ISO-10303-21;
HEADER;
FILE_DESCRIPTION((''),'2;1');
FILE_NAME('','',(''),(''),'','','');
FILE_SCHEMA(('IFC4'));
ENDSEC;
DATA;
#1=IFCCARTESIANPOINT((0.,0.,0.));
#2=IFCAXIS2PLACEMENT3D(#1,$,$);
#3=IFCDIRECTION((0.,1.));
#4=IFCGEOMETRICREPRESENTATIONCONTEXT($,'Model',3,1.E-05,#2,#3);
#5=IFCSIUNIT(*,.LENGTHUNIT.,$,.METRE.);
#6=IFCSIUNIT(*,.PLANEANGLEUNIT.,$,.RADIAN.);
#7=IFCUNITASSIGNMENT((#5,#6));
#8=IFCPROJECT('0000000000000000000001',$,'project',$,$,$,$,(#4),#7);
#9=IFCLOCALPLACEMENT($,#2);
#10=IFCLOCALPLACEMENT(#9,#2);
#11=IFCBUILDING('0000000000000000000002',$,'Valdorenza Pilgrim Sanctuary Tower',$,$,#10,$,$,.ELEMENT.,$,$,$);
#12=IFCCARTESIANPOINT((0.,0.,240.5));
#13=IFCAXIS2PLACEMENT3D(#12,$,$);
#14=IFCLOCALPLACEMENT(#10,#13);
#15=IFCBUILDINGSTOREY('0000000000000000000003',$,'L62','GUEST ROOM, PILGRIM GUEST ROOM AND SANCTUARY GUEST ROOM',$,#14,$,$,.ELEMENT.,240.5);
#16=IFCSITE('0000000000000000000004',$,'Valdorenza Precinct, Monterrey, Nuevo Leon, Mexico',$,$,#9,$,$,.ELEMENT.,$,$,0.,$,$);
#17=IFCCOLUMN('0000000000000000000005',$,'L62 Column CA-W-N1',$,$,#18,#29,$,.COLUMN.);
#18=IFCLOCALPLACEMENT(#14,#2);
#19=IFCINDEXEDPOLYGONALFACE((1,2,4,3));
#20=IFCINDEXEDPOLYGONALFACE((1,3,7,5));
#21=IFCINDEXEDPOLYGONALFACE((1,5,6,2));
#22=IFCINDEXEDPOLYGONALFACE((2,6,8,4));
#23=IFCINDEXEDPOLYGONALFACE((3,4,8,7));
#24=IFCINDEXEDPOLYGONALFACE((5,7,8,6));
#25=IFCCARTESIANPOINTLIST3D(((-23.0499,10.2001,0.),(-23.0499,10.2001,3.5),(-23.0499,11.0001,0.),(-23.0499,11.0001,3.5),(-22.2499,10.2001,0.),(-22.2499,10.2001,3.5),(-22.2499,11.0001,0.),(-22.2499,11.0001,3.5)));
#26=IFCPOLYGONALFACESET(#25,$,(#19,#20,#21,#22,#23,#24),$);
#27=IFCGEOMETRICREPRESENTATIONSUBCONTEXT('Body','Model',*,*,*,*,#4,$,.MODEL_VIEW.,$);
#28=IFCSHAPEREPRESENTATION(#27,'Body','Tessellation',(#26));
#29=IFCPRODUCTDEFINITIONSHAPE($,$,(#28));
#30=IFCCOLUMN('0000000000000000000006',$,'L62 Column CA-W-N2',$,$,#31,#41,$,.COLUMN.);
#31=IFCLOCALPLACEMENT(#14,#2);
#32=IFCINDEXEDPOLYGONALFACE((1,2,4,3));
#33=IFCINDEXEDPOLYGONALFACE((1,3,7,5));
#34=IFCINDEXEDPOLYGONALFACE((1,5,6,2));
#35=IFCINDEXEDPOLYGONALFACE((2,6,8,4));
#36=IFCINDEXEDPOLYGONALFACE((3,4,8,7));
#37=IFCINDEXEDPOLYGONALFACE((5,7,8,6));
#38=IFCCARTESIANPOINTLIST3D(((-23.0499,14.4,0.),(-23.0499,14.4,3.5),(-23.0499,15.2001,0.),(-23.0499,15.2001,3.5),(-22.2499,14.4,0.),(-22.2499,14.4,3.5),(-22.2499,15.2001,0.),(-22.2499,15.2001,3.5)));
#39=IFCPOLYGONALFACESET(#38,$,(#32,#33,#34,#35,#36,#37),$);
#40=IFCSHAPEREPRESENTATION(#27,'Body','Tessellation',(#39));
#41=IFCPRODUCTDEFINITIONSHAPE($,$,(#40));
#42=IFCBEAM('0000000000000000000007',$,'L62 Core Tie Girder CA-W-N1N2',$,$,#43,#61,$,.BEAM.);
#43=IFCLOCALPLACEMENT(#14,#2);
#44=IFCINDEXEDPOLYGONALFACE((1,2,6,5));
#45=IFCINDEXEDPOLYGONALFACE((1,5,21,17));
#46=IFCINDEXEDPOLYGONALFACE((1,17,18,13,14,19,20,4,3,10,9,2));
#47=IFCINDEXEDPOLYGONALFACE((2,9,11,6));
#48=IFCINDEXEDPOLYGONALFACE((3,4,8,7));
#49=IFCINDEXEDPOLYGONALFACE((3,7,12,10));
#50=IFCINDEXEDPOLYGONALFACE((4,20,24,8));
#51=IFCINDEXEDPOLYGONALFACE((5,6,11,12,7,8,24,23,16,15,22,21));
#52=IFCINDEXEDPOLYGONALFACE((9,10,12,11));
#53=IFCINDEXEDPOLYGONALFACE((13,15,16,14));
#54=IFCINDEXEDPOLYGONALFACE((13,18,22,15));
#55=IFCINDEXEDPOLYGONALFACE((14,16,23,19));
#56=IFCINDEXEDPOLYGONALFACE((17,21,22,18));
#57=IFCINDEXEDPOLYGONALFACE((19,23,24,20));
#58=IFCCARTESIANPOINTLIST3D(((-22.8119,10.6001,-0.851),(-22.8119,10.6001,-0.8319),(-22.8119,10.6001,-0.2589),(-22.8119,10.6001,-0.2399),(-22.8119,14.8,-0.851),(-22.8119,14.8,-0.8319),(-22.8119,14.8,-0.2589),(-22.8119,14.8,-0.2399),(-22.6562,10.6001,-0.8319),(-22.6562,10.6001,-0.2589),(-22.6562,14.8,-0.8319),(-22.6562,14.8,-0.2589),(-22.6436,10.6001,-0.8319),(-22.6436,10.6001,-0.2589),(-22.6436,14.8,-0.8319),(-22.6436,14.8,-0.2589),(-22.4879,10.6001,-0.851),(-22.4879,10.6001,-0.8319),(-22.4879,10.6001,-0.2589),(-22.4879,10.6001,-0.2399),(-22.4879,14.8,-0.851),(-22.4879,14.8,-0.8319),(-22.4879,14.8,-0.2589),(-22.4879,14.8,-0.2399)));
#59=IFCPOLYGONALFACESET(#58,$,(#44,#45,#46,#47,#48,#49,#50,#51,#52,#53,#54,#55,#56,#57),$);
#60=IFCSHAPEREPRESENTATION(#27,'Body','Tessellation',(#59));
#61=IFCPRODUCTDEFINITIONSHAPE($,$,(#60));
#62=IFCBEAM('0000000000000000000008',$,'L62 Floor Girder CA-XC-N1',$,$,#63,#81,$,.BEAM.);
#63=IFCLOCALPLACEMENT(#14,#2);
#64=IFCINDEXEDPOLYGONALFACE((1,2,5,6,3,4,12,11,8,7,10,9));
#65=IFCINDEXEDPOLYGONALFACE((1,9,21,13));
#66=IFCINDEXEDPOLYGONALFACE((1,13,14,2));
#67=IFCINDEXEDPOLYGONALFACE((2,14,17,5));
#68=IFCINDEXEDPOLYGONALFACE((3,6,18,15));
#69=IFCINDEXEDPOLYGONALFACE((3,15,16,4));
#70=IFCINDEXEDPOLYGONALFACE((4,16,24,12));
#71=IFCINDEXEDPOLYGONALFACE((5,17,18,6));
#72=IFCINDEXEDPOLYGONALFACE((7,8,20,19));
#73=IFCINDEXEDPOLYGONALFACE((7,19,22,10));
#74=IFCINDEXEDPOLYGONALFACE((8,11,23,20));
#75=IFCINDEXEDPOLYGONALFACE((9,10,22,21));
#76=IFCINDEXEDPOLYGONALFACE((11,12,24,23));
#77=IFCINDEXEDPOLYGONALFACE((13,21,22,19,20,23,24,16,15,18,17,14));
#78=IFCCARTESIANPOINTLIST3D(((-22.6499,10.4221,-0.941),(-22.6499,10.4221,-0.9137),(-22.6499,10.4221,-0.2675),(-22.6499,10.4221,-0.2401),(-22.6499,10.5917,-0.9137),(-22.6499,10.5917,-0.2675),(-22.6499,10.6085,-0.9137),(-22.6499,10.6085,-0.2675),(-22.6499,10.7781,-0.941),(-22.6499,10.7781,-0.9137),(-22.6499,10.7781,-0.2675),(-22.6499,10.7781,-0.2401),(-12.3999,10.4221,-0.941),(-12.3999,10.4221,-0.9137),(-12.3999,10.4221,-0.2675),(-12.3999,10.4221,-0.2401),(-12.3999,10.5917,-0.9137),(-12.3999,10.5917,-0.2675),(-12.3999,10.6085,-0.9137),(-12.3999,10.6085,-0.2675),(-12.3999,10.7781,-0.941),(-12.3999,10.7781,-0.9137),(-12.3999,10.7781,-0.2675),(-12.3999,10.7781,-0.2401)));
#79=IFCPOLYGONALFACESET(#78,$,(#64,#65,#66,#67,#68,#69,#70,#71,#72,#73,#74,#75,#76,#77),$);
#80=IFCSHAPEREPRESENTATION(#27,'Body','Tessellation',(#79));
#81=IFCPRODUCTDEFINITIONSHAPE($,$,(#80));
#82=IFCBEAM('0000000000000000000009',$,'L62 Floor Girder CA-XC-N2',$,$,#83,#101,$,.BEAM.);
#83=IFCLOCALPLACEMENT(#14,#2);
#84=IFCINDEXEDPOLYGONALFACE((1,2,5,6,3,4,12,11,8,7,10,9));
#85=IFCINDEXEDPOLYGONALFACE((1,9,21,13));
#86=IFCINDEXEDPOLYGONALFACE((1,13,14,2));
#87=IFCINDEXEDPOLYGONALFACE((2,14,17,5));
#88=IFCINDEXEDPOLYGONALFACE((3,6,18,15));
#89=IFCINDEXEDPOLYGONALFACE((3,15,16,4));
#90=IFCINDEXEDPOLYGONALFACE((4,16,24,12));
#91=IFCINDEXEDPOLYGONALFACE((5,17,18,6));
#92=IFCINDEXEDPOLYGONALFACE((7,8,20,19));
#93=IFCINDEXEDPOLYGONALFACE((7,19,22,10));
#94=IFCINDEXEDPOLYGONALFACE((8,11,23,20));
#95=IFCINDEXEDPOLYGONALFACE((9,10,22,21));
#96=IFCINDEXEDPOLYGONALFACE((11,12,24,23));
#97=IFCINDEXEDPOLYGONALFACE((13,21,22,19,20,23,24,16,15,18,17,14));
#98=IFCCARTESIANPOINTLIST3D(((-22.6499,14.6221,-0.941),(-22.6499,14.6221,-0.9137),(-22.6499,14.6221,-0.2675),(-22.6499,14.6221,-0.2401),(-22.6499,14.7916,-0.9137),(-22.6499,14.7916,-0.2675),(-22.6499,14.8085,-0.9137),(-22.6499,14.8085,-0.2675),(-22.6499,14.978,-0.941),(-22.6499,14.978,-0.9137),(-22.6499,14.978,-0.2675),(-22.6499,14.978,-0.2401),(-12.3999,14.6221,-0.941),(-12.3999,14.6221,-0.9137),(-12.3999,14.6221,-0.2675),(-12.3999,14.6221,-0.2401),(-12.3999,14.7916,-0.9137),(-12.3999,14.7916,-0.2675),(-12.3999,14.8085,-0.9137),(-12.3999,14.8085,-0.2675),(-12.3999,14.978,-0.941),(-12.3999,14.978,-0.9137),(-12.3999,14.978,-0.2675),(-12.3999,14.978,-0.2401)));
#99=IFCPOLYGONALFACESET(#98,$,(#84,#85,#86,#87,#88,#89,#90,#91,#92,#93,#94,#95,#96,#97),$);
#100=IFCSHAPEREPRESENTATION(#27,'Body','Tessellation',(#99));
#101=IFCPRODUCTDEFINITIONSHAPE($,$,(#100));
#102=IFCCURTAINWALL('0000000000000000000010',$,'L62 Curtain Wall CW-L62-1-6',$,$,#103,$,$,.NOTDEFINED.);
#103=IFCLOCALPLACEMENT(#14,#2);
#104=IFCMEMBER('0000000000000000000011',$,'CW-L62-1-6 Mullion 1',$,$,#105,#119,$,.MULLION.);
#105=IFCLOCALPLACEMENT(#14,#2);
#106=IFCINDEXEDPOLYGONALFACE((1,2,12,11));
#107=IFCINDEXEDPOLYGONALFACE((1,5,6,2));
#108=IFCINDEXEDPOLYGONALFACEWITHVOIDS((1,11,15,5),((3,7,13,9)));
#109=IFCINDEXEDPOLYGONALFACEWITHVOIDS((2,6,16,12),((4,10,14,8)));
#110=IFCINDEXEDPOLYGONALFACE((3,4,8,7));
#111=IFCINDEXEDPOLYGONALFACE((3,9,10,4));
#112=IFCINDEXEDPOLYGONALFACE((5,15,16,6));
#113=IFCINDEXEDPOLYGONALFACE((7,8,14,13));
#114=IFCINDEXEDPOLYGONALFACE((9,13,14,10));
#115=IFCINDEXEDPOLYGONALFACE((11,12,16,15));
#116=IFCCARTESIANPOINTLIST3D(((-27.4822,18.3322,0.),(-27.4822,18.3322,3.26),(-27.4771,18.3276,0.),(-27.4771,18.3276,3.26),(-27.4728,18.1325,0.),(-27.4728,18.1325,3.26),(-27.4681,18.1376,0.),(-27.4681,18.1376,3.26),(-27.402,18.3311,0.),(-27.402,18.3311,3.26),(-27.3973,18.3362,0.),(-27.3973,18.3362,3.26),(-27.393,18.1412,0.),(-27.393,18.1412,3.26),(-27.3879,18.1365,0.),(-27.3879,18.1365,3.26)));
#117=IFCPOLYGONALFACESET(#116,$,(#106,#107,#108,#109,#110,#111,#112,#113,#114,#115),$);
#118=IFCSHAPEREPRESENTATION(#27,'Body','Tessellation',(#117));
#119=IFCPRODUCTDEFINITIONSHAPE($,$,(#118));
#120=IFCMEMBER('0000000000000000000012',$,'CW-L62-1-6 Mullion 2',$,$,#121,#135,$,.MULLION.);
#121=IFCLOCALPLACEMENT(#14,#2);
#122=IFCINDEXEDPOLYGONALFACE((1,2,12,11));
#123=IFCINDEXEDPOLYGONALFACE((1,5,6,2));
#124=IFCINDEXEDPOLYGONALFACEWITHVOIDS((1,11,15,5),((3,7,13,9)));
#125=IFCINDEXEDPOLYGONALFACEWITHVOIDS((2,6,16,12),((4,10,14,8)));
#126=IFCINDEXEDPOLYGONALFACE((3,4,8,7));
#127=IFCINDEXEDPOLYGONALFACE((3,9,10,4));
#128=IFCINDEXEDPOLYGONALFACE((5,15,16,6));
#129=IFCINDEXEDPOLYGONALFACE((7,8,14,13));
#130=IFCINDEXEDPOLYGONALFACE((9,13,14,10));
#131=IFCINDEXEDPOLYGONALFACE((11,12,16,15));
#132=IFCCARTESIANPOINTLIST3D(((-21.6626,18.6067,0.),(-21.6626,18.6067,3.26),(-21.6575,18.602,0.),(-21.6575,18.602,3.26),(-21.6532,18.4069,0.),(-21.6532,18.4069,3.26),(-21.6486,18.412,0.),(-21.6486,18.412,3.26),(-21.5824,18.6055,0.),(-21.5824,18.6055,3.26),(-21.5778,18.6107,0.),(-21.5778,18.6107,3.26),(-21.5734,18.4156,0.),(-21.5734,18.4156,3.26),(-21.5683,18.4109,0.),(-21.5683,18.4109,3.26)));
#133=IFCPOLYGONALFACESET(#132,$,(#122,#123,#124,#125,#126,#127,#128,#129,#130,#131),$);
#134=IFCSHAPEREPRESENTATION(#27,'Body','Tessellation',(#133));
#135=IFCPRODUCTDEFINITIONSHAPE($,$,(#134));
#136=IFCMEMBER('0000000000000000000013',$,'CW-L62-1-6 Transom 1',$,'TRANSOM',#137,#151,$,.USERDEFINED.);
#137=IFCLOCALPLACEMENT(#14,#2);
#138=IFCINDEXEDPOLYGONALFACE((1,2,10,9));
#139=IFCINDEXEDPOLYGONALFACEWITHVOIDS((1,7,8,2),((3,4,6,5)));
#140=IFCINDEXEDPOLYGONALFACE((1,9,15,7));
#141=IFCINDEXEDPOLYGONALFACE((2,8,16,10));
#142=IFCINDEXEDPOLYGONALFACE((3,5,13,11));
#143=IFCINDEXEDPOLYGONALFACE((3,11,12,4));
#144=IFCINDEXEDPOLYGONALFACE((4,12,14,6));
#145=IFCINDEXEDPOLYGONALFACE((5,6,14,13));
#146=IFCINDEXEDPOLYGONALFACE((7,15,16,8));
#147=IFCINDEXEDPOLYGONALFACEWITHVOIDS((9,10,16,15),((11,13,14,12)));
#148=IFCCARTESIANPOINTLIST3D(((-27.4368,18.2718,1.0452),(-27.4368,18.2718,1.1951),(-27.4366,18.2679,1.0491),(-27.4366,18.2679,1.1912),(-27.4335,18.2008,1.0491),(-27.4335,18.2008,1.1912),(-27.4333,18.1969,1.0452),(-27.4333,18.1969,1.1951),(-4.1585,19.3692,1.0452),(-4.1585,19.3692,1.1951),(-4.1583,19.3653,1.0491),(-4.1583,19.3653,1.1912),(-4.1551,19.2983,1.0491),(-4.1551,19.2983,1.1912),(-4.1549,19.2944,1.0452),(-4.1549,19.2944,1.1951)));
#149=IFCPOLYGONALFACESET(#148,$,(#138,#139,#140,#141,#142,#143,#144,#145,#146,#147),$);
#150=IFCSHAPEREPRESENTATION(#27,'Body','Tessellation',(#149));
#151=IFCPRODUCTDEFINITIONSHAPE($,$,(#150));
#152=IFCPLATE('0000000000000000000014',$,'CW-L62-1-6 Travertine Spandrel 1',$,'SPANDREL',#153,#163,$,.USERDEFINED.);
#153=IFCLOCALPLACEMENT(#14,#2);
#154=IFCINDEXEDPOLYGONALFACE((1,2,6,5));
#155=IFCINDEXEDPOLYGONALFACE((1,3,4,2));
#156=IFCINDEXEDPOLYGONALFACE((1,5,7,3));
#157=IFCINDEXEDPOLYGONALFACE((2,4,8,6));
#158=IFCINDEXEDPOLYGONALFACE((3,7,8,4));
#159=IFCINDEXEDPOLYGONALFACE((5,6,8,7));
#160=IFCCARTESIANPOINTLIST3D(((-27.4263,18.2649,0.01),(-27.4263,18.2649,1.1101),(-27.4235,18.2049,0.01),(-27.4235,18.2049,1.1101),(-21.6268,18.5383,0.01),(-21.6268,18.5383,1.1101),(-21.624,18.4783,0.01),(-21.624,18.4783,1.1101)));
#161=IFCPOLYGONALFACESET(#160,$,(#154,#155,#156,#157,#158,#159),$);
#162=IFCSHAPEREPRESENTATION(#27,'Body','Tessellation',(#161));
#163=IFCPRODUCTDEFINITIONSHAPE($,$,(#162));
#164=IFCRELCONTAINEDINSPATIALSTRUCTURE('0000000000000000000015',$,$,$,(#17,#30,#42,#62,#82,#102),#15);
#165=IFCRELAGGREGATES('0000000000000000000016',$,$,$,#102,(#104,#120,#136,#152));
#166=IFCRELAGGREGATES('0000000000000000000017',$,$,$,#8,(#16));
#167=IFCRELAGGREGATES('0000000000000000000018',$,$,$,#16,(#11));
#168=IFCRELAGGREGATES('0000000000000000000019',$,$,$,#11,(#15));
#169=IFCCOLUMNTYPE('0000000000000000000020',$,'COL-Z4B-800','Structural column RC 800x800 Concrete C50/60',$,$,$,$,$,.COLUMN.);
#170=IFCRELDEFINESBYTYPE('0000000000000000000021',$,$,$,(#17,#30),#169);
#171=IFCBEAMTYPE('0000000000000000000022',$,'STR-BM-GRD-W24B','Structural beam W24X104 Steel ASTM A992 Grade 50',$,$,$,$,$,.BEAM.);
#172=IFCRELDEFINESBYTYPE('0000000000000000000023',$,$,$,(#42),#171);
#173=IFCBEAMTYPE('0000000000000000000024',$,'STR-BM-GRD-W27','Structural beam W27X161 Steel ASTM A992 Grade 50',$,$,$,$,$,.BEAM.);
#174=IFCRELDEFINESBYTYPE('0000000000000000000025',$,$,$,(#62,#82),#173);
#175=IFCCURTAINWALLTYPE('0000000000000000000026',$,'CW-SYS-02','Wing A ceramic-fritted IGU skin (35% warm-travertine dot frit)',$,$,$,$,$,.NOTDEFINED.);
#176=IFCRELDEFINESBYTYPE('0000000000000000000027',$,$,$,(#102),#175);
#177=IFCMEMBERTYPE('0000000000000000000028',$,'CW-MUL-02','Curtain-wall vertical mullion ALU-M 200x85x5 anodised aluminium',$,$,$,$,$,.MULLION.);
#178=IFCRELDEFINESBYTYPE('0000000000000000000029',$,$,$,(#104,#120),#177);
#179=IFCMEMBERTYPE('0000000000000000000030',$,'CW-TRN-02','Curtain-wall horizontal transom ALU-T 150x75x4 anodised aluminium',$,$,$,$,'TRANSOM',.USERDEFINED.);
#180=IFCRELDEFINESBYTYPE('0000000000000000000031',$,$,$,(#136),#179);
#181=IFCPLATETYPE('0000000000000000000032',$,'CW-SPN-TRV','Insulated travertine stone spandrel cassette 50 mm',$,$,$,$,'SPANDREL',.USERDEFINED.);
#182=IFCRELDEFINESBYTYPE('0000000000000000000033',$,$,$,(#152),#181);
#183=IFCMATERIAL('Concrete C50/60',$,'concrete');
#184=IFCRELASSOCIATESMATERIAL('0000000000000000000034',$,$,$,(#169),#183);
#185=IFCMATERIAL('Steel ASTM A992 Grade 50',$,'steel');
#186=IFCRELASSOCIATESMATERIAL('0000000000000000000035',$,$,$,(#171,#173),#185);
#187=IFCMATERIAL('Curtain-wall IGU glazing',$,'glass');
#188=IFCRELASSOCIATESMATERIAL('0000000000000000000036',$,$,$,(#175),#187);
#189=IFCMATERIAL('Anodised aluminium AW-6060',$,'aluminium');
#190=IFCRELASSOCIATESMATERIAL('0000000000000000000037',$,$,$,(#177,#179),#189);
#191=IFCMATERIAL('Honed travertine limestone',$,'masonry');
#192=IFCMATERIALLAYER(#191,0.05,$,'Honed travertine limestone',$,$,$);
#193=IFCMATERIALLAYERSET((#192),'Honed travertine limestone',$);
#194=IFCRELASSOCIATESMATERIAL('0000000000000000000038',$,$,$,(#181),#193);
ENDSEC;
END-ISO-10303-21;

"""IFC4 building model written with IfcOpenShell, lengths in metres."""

from ifc_helpers import new_model, si_unit, direction, frame, origin, origin_2d, place, context, subcontext, project, spatial, rectangle, hollow_rectangle, i_section, extrude, source, transform, mapped, material, layer, layer_set, material_profile, profile_set, type_object, element, aggregate, save


model = new_model("IFC4")

# Units and contexts
model_context = context("Model", 3, precision=1e-05, world=origin(), true_north=direction((0.0, 1.0)))
body_context = subcontext(model_context, "Body", "Model", "MODEL_VIEW")
ifc_project = project(units=[si_unit("LENGTHUNIT", "METRE"), si_unit("PLANEANGLEUNIT", "RADIAN")], contexts=[model_context])

# Site, building, storey
site_placement = place(None, origin())
site = spatial("IfcSite", under=ifc_project, at=site_placement, Name="Valdorenza Precinct, Monterrey, Nuevo Leon, Mexico", CompositionType="ELEMENT", RefElevation=0.0)
building_placement = place(site_placement, origin())
building = spatial("IfcBuilding", under=site, at=building_placement, Name="Valdorenza Pilgrim Sanctuary Tower", CompositionType="ELEMENT")
storey_placement = place(building_placement, frame((0.0, 0.0, 240.5)))
storey = spatial("IfcBuildingStorey", under=building, at=storey_placement, Name="L62", Description="GUEST ROOM, PILGRIM GUEST ROOM AND SANCTUARY GUEST ROOM", CompositionType="ELEMENT", Elevation=240.5)

# Columns
ifc_material_1 = material(Name="Concrete C50/60", Category="concrete")
ifc_material_profile_1 = material_profile(ifc_material_1, rectangle(XDim=0.8, YDim=0.8, at=origin_2d()), Name="RC 800x800")
ifc_profile_set_1 = profile_set([ifc_material_profile_1], Name="Concrete C50/60")
column_type = type_object("IfcColumnType", Name="COL-Z4B-800", Description="Structural column RC 800x800 Concrete C50/60", PredefinedType="COLUMN", material=ifc_profile_set_1)
shared_shape_1 = source(origin(), body_context, "Body", "SweptSolid", [
    extrude(rectangle(XDim=0.8, YDim=0.8, at=origin_2d()), origin(), (0.0, 0.0, 1.0), 3.5),
])
for number, where, z_axis, x_axis, name in (
    (1, (-22.6499, 10.6001, 0.0), (0.0, 0.0, 1.0), (1.0, 0.0, 0.0), "L62 Column CA-W-N1"),
    (2, (-22.6499, 14.8, 0.0), (0.0, 0.0, 1.0), (1.0, 0.0, 0.0), "L62 Column CA-W-N2"),
):
    element("IfcColumn", number, at=place(storey_placement, frame(where, z_axis=z_axis, x_axis=x_axis)), inside=storey, type_object=column_type, Name=name, PredefinedType="COLUMN", context=body_context, shape_type="MappedRepresentation", body=[
        mapped(shared_shape_1, transform((0.0, 0.0, 0.0), x_axis=(1.0, 0.0, 0.0), y_axis=(0.0, 1.0, 0.0), z_axis=(0.0, 0.0, 1.0), scale=1.0)),
    ])

# Beams
ifc_material_2 = material(Name="Steel ASTM A992 Grade 50", Category="steel")
ifc_material_profile_2 = material_profile(ifc_material_2, i_section(OverallWidth=0.324, OverallDepth=0.6111, WebThickness=0.0127, FlangeThickness=0.019, at=origin_2d()), Name="W24X104")
ifc_profile_set_2 = profile_set([ifc_material_profile_2], Name="Steel ASTM A992 Grade 50")
beam_type_1 = type_object("IfcBeamType", Name="STR-BM-GRD-W24B", Description="Structural beam W24X104 Steel ASTM A992 Grade 50", PredefinedType="BEAM", material=ifc_profile_set_2)
shared_shape_2 = source(origin(), body_context, "Body", "SweptSolid", [
    extrude(i_section(OverallWidth=0.324, OverallDepth=0.6111, WebThickness=0.0127, FlangeThickness=0.019, at=origin_2d()), origin(), (0.0, 0.0, 1.0), 4.2),
])
beam_placement = place(storey_placement, frame((-22.6499, 10.6001, -0.5454), z_axis=(0.0, 1.0, 0.0), x_axis=(-1.0, 0.0, 0.0)))
element("IfcBeam", 3, at=beam_placement, inside=storey, type_object=beam_type_1, Name="L62 Core Tie Girder CA-W-N1N2", PredefinedType="BEAM", context=body_context, shape_type="MappedRepresentation", body=[
    mapped(shared_shape_2, transform((0.0, 0.0, 0.0), x_axis=(1.0, 0.0, 0.0), y_axis=(0.0, 1.0, 0.0), z_axis=(0.0, 0.0, 1.0), scale=1.0)),
])
ifc_material_profile_3 = material_profile(ifc_material_2, i_section(OverallWidth=0.356, OverallDepth=0.7009, WebThickness=0.0168, FlangeThickness=0.0273, at=origin_2d()), Name="W27X161")
ifc_profile_set_3 = profile_set([ifc_material_profile_3], Name="Steel ASTM A992 Grade 50")
beam_type_2 = type_object("IfcBeamType", Name="STR-BM-GRD-W27", Description="Structural beam W27X161 Steel ASTM A992 Grade 50", PredefinedType="BEAM", material=ifc_profile_set_3)
shared_shape_3 = source(origin(), body_context, "Body", "SweptSolid", [
    extrude(i_section(OverallWidth=0.356, OverallDepth=0.7009, WebThickness=0.0168, FlangeThickness=0.0273, at=origin_2d()), origin(), (0.0, 0.0, 1.0), 10.25),
])
for number, where, z_axis, x_axis, name in (
    (4, (-22.6499, 10.6001, -0.5906), (1.0, 0.0, 0.0), (0.0, 1.0, 0.0), "L62 Floor Girder CA-XC-N1"),
    (5, (-22.6499, 14.8, -0.5906), (1.0, 0.0, 0.0), (0.0, 1.0, 0.0), "L62 Floor Girder CA-XC-N2"),
):
    element("IfcBeam", number, at=place(storey_placement, frame(where, z_axis=z_axis, x_axis=x_axis)), inside=storey, type_object=beam_type_2, Name=name, PredefinedType="BEAM", context=body_context, shape_type="MappedRepresentation", body=[
        mapped(shared_shape_3, transform((0.0, 0.0, 0.0), x_axis=(1.0, 0.0, 0.0), y_axis=(0.0, 1.0, 0.0), z_axis=(0.0, 0.0, 1.0), scale=1.0)),
    ])

# Curtain wall, members, plate
ifc_material_3 = material(Name="Curtain-wall IGU glazing", Category="glass")
curtain_wall_type = type_object("IfcCurtainWallType", Name="CW-SYS-02", Description="Wing A ceramic-fritted IGU skin (35% warm-travertine dot frit)", PredefinedType="NOTDEFINED", material=ifc_material_3)
curtain_wall_placement = place(storey_placement, origin())
curtain_wall = element("IfcCurtainWall", 6, at=curtain_wall_placement, inside=storey, type_object=curtain_wall_type, Name="L62 Curtain Wall CW-L62-1-6", PredefinedType="NOTDEFINED")
ifc_material_4 = material(Name="Anodised aluminium AW-6060", Category="aluminium")
ifc_material_profile_4 = material_profile(ifc_material_4, hollow_rectangle(XDim=0.085, YDim=0.2, WallThickness=0.0049, at=origin_2d()), Name="ALU-M 200x85x5")
ifc_profile_set_4 = profile_set([ifc_material_profile_4], Name="Anodised aluminium AW-6060")
member_type_1 = type_object("IfcMemberType", Name="CW-MUL-02", Description="Curtain-wall vertical mullion ALU-M 200x85x5 anodised aluminium", PredefinedType="MULLION", material=ifc_profile_set_4)
shared_shape_4 = source(origin(), body_context, "Body", "SweptSolid", [
    extrude(hollow_rectangle(XDim=0.085, YDim=0.2, WallThickness=0.0049, at=origin_2d()), origin(), (0.0, 0.0, 1.0), 3.26),
])
member_1_placement = place(storey_placement, frame((-27.4351, 18.2344, 0.0), z_axis=(0.0, 0.0, 1.0), x_axis=(0.998891, 0.047089, 0.0)))
member_1 = element("IfcMember", 7, at=member_1_placement, type_object=member_type_1, Name="CW-L62-1-6 Mullion 1", PredefinedType="MULLION", context=body_context, shape_type="MappedRepresentation", body=[
    mapped(shared_shape_4, transform((0.0, 0.0, 0.0), x_axis=(1.0, 0.0, 0.0), y_axis=(0.0, 1.0, 0.0), z_axis=(0.0, 0.0, 1.0), scale=1.0)),
])
member_2_placement = place(storey_placement, frame((-21.6155, 18.5088, 0.0), z_axis=(0.0, 0.0, 1.0), x_axis=(0.998891, 0.047089, 0.0)))
member_2 = element("IfcMember", 8, at=member_2_placement, type_object=member_type_1, Name="CW-L62-1-6 Mullion 2", PredefinedType="MULLION", context=body_context, shape_type="MappedRepresentation", body=[
    mapped(shared_shape_4, transform((0.0, 0.0, 0.0), x_axis=(1.0, 0.0, 0.0), y_axis=(0.0, 1.0, 0.0), z_axis=(0.0, 0.0, 1.0), scale=1.0)),
])
ifc_material_profile_5 = material_profile(ifc_material_4, hollow_rectangle(XDim=0.075, YDim=0.1499, WallThickness=0.0039, at=origin_2d()), Name="ALU-T 150x75x4")
ifc_profile_set_5 = profile_set([ifc_material_profile_5], Name="Anodised aluminium AW-6060")
member_type_2 = type_object("IfcMemberType", Name="CW-TRN-02", Description="Curtain-wall horizontal transom ALU-T 150x75x4 anodised aluminium", ElementType="TRANSOM", PredefinedType="USERDEFINED", material=ifc_profile_set_5)
shared_shape_5 = source(origin(), body_context, "Body", "SweptSolid", [
    extrude(hollow_rectangle(XDim=0.075, YDim=0.1499, WallThickness=0.0039, at=origin_2d()), origin(), (0.0, 0.0, 1.0), 23.3042),
])
member_3_placement = place(storey_placement, frame((-27.4351, 18.2344, 1.1201), z_axis=(0.998891, 0.047091, 0.0), x_axis=(-0.047091, 0.998891, 0.0)))
member_3 = element("IfcMember", 9, at=member_3_placement, type_object=member_type_2, Name="CW-L62-1-6 Transom 1", ObjectType="TRANSOM", PredefinedType="USERDEFINED", context=body_context, shape_type="MappedRepresentation", body=[
    mapped(shared_shape_5, transform((0.0, 0.0, 0.0), x_axis=(1.0, 0.0, 0.0), y_axis=(0.0, 1.0, 0.0), z_axis=(0.0, 0.0, 1.0), scale=1.0)),
])
ifc_material_5 = material(Name="Honed travertine limestone", Category="masonry")
ifc_layer_1 = layer(ifc_material_5, 0.05, Name="Honed travertine limestone")
ifc_layer_set_1 = layer_set([ifc_layer_1], Name="Honed travertine limestone")
plate_type_1 = type_object("IfcPlateType", Name="CW-SPN-TRV", Description="Insulated travertine stone spandrel cassette 50 mm", ElementType="SPANDREL", PredefinedType="USERDEFINED", material=ifc_layer_set_1)
shared_shape_6 = source(origin(), body_context, "Body", "SweptSolid", [
    extrude(rectangle(XDim=5.8059, YDim=0.0601, at=origin_2d()), origin(), (0.0, 0.0, 1.0), 1.1001),
])
plate_1_placement = place(storey_placement, frame((-24.5251, 18.3716, 0.01), z_axis=(0.0, 0.0, 1.0), x_axis=(0.998891, 0.047089, 0.0)))
plate_1 = element("IfcPlate", 10, at=plate_1_placement, type_object=plate_type_1, Name="CW-L62-1-6 Travertine Spandrel 1", ObjectType="SPANDREL", PredefinedType="USERDEFINED", context=body_context, shape_type="MappedRepresentation", body=[
    mapped(shared_shape_6, transform((0.0, 0.0, 0.0), x_axis=(1.0, 0.0, 0.0), y_axis=(0.0, 1.0, 0.0), z_axis=(0.0, 0.0, 1.0), scale=1.0)),
])
aggregate(curtain_wall, [member_1, member_2, member_3, plate_1])

save(model, "model.ifc")
